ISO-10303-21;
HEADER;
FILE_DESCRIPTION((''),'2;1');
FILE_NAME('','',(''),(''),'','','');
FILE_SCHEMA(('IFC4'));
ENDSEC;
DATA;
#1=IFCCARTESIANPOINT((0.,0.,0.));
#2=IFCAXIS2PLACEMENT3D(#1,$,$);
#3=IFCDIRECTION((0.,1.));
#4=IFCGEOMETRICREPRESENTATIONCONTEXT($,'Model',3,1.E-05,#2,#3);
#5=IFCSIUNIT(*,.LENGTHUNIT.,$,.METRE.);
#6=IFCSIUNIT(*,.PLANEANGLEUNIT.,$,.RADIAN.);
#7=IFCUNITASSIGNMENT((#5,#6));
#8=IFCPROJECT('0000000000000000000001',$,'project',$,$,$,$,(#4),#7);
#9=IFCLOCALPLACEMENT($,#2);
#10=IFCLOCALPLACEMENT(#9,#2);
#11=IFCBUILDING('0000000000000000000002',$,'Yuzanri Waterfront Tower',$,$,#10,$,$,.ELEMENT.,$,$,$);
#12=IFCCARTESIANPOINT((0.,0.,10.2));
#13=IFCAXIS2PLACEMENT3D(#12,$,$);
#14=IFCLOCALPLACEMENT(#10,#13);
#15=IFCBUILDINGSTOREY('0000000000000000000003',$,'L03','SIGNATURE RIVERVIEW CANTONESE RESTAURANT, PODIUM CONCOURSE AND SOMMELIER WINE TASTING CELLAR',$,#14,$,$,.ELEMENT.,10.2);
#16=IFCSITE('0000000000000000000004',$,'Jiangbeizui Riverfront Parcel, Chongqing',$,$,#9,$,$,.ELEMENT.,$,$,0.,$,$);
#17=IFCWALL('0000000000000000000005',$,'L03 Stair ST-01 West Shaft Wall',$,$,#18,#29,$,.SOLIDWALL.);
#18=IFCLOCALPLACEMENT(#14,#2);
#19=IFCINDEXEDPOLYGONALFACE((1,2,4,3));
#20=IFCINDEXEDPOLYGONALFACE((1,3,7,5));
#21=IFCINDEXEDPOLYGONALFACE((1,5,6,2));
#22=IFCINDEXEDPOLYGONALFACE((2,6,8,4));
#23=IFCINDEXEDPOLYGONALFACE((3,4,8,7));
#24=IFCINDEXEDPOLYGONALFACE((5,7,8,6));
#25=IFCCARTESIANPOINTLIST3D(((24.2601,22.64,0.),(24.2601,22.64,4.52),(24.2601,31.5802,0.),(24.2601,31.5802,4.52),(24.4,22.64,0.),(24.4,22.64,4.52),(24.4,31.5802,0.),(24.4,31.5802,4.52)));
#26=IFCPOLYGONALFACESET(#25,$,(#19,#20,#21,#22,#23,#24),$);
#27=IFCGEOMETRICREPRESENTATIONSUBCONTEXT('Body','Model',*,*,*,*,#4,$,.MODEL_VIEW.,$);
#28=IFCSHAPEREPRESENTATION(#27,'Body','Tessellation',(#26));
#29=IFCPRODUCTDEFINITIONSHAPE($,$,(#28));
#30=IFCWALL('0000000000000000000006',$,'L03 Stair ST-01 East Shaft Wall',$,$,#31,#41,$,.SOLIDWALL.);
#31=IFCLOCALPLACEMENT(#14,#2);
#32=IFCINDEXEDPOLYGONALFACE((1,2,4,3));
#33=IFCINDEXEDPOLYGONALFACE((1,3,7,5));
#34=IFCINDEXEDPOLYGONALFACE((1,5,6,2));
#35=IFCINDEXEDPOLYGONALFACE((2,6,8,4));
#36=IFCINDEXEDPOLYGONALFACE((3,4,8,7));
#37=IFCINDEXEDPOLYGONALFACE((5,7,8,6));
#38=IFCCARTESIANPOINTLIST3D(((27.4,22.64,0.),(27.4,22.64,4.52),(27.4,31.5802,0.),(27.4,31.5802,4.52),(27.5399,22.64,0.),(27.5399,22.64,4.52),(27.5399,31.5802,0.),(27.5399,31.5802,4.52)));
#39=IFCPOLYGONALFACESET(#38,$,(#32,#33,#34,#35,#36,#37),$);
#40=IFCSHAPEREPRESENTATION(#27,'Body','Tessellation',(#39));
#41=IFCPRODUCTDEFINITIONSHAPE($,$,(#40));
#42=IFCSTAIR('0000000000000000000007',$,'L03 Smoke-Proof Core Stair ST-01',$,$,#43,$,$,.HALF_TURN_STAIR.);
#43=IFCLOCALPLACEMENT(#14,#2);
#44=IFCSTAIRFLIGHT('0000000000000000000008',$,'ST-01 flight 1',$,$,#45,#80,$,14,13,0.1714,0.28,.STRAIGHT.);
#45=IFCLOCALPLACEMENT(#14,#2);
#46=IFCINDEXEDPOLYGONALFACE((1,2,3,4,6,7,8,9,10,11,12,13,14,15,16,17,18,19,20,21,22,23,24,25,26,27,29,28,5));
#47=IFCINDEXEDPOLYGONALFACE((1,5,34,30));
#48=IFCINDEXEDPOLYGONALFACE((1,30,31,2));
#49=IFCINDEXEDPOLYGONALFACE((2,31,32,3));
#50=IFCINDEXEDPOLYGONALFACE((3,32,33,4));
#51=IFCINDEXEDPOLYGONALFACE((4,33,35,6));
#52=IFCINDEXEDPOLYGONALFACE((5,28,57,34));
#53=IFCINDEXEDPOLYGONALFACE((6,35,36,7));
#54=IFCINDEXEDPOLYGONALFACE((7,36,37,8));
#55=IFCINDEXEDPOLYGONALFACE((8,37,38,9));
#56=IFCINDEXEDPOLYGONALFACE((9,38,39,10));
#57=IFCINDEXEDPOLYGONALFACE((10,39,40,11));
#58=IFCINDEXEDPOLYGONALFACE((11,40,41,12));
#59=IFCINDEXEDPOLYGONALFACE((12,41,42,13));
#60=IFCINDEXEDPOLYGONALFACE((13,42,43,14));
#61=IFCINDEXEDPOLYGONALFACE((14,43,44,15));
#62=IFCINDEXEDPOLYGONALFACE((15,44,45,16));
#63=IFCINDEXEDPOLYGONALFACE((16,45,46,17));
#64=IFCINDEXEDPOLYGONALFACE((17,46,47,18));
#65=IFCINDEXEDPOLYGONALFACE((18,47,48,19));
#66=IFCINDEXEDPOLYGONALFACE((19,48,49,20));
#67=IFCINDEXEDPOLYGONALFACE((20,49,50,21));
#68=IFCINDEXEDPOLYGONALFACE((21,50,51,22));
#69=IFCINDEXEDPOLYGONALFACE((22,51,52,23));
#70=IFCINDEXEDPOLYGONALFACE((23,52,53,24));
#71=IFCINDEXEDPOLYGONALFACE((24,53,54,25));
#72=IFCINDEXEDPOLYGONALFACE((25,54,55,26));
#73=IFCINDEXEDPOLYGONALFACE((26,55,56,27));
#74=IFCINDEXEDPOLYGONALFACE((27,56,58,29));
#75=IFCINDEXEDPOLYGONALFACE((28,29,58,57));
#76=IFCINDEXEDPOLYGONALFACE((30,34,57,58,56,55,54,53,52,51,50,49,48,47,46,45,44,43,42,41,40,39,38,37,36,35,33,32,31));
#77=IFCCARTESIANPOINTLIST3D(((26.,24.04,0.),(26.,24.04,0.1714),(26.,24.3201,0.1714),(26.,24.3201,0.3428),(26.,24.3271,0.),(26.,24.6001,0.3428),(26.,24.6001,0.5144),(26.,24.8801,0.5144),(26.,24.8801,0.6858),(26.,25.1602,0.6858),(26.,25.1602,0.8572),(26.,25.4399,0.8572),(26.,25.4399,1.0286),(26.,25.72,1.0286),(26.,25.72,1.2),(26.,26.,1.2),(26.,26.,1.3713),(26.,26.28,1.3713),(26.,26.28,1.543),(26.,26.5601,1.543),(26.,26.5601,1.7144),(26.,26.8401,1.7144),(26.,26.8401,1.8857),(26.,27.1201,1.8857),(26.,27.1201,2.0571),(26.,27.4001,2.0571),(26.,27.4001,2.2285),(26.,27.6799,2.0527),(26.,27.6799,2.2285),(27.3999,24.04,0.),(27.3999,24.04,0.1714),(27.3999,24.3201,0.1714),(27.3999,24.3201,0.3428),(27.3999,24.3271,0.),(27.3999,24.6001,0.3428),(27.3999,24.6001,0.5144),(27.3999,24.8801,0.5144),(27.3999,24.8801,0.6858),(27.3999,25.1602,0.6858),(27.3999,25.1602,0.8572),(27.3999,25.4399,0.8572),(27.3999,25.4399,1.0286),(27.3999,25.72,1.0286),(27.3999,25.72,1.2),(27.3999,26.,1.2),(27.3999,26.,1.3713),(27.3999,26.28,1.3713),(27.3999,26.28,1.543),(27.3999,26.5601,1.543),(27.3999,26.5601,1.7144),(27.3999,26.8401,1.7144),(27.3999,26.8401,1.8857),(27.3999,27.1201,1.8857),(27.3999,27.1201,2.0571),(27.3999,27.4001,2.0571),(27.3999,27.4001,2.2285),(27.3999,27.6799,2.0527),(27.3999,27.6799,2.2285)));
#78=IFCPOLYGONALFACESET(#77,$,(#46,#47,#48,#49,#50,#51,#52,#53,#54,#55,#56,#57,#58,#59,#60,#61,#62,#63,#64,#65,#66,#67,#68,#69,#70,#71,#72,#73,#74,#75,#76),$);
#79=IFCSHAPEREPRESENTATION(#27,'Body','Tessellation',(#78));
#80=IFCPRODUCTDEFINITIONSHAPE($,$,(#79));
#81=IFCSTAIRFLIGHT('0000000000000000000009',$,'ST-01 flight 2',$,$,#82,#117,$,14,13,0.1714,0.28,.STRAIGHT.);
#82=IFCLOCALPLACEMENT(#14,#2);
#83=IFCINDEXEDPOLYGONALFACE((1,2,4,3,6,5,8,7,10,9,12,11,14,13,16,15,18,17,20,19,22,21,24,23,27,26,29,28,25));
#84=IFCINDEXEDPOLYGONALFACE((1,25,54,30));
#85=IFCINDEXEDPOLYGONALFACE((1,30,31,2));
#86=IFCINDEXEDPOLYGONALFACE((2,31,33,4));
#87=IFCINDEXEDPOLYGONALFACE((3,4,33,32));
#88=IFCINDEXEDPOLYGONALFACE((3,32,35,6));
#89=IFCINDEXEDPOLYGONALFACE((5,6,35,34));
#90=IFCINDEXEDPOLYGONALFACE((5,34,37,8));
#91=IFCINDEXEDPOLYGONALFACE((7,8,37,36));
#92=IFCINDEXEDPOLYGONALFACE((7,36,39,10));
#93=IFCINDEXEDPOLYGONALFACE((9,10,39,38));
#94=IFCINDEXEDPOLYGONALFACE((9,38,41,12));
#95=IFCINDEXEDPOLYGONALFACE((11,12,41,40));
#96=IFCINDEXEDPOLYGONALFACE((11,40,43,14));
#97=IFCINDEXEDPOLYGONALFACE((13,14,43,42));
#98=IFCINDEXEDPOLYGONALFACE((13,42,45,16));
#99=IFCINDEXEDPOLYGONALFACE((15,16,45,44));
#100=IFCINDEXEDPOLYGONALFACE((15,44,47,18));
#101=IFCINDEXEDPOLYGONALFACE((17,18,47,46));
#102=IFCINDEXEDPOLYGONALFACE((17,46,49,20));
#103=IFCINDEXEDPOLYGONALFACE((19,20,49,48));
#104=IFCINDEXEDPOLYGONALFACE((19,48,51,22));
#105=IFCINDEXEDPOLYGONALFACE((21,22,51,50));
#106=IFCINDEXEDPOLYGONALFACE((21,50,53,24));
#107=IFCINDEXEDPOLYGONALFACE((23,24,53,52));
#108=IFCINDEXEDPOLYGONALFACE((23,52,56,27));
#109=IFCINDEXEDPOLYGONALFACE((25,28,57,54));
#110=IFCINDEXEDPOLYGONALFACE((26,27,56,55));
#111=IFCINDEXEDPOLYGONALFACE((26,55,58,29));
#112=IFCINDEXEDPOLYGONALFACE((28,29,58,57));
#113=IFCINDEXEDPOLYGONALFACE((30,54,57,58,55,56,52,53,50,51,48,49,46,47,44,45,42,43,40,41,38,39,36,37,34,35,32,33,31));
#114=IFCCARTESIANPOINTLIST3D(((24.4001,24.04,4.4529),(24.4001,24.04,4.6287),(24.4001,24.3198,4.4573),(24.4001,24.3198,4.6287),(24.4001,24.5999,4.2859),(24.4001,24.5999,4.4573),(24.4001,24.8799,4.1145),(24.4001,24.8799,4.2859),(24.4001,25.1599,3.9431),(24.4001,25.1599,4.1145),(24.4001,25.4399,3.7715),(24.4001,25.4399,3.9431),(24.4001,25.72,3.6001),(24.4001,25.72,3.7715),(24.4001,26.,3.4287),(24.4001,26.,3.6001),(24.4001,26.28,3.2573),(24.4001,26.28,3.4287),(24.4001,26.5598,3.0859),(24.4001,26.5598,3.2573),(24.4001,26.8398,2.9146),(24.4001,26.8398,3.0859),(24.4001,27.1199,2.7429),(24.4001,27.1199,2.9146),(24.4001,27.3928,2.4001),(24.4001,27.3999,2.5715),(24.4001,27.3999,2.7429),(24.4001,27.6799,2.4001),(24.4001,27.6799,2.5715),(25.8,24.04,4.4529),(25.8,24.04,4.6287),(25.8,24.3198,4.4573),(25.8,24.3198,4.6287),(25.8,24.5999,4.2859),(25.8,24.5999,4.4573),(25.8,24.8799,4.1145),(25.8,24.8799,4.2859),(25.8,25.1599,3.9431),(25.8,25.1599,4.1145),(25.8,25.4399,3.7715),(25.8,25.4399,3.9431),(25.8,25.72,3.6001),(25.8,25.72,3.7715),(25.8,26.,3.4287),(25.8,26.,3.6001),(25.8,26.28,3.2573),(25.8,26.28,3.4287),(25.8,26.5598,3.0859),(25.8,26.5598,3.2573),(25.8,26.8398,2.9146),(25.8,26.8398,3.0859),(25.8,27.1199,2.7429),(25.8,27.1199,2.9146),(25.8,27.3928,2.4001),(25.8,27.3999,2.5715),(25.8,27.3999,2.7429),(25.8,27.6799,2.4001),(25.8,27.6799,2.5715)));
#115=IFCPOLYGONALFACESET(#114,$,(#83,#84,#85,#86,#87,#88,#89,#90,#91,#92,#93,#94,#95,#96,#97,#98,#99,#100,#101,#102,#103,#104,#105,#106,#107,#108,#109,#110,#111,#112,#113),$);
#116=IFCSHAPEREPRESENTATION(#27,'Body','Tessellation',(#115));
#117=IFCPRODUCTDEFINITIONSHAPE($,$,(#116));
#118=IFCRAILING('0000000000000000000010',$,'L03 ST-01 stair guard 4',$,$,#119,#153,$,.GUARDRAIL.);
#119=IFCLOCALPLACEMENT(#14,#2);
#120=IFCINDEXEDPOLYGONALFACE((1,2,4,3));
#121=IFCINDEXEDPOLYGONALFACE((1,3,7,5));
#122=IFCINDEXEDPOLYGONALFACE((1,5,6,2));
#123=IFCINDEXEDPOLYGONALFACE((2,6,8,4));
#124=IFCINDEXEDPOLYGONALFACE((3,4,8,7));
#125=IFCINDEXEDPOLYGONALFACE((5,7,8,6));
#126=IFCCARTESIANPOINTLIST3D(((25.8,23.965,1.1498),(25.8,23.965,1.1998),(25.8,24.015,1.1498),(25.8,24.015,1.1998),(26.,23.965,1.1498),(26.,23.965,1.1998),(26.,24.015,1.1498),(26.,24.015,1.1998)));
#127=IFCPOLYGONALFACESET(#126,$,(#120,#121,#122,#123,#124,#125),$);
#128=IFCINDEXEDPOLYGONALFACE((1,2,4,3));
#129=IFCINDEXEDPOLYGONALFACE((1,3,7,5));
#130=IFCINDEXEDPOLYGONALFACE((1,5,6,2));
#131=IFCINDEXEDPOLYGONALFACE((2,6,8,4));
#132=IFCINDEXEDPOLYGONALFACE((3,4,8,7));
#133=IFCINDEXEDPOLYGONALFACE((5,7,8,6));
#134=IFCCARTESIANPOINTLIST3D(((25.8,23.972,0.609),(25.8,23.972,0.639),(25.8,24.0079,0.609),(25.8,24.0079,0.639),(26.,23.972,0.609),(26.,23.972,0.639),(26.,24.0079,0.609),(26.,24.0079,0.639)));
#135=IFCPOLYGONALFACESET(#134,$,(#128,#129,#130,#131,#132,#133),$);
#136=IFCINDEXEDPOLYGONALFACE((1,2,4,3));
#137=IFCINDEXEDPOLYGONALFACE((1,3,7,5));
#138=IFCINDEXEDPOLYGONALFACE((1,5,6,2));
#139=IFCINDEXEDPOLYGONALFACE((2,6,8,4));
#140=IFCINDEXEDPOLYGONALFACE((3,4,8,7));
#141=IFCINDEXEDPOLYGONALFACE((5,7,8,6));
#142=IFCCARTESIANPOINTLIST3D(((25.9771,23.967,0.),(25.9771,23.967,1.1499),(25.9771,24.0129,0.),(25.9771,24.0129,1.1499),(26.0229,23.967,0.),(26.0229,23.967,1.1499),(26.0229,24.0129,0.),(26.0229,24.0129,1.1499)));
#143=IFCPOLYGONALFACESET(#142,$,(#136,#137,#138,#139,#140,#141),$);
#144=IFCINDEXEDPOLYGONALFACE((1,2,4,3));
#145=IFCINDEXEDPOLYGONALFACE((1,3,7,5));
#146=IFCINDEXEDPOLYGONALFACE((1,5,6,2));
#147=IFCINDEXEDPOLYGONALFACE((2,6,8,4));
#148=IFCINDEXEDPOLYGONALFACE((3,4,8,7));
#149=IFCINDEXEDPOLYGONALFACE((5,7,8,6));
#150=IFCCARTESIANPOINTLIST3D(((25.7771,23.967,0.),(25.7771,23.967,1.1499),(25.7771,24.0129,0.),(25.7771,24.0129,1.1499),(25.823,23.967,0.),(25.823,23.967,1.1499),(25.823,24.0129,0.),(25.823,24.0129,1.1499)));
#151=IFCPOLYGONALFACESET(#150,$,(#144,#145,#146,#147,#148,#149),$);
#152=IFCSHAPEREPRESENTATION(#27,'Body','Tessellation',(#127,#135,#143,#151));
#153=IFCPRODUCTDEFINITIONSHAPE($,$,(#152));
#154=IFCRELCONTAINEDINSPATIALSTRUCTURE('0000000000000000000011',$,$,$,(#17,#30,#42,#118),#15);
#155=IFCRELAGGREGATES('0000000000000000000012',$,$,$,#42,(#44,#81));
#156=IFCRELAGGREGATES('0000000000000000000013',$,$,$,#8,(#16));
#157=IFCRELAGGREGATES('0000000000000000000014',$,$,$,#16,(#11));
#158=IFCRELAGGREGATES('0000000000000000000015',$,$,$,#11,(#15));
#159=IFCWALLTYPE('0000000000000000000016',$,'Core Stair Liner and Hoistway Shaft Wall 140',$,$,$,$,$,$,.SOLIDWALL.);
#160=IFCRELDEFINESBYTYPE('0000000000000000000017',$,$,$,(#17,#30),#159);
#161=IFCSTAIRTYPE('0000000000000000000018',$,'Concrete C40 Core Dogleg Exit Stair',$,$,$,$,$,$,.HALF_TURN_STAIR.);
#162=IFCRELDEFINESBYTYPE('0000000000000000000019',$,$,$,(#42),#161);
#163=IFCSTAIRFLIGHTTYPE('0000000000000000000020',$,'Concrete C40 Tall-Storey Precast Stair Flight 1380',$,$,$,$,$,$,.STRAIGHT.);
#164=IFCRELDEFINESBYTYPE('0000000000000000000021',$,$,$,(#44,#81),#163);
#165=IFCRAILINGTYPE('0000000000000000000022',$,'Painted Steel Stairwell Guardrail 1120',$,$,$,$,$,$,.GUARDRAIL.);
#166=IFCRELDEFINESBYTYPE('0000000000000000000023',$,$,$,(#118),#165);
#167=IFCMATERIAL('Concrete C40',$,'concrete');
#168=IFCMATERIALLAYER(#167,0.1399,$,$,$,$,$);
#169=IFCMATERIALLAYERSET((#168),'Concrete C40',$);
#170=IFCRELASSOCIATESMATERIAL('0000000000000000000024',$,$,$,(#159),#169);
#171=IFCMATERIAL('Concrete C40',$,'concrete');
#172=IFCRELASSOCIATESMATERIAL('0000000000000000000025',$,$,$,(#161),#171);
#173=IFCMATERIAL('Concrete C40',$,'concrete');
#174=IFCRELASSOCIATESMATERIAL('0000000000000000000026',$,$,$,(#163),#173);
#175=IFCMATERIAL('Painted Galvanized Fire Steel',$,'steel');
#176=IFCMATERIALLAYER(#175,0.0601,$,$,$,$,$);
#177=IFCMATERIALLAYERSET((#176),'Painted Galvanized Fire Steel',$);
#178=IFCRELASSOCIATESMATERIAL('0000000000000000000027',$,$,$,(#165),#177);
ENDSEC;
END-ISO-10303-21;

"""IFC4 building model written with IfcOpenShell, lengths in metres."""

from ifc_helpers import new_model, si_unit, direction, frame, frame_2d, origin, origin_2d, place, context, subcontext, project, spatial, polyline, rectangle, outline, extrude, source, transform, mapped, material, layer, layer_set, type_object, element, aggregate, save


model = new_model("IFC4")

# Units and contexts
model_context = context("Model", 3, precision=1e-05, world=origin(), true_north=direction((0.0, 1.0)))
body_context = subcontext(model_context, "Body", "Model", "MODEL_VIEW")
ifc_project = project(units=[si_unit("LENGTHUNIT", "METRE"), si_unit("PLANEANGLEUNIT", "RADIAN")], contexts=[model_context])

# Site, building, storey
site_placement = place(None, origin())
site = spatial("IfcSite", under=ifc_project, at=site_placement, Name="Jiangbeizui Riverfront Parcel, Chongqing", CompositionType="ELEMENT", RefElevation=0.0)
building_placement = place(site_placement, origin())
building = spatial("IfcBuilding", under=site, at=building_placement, Name="Yuzanri Waterfront Tower", CompositionType="ELEMENT")
storey_placement = place(building_placement, frame((0.0, 0.0, 10.2)))
storey = spatial("IfcBuildingStorey", under=building, at=storey_placement, Name="L03", Description="SIGNATURE RIVERVIEW CANTONESE RESTAURANT, PODIUM CONCOURSE AND SOMMELIER WINE TASTING CELLAR", CompositionType="ELEMENT", Elevation=10.2)

# Shared definitions
ifc_material_1 = material(Name="Concrete C40", Category="concrete")
ifc_layer_1 = layer(ifc_material_1, 0.1399)
ifc_layer_set_1 = layer_set([ifc_layer_1], Name="Concrete C40")
wall_type = type_object("IfcWallType", Name="Core Stair Liner and Hoistway Shaft Wall 140", PredefinedType="SOLIDWALL", material=ifc_layer_set_1)

# Walls
shared_shape_1 = source(origin(), body_context, "Body", "SweptSolid", [
    extrude(rectangle(XDim=8.9402, YDim=0.1399, at=frame_2d((4.4702, 0.0))), origin(), (0.0, 0.0, 1.0), 4.52),
])
for number, where, z_axis, x_axis, name in (
    (1, (24.3301, 22.6399, 0.0), (0.0, 0.0, 1.0), (0.0, 1.0, 0.0), "L03 Stair ST-01 West Shaft Wall"),
    (2, (27.47, 22.6399, 0.0), (0.0, 0.0, 1.0), (0.0, 1.0, 0.0), "L03 Stair ST-01 East Shaft Wall"),
):
    element("IfcWall", number, at=place(storey_placement, frame(where, z_axis=z_axis, x_axis=x_axis)), inside=storey, type_object=wall_type, Name=name, PredefinedType="SOLIDWALL", context=body_context, shape_type="MappedRepresentation", body=[
        mapped(shared_shape_1, transform((0.0, 0.0, 0.0), scale=1.0)),
    ])

# Stair, stair flights
ifc_material_2 = material(Name="Concrete C40", Category="concrete")
stair_type = type_object("IfcStairType", Name="Concrete C40 Core Dogleg Exit Stair", PredefinedType="HALF_TURN_STAIR", material=ifc_material_2)
stair_placement = place(storey_placement, origin())
stair = element("IfcStair", 3, at=stair_placement, inside=storey, type_object=stair_type, Name="L03 Smoke-Proof Core Stair ST-01", PredefinedType="HALF_TURN_STAIR")
ifc_material_3 = material(Name="Concrete C40", Category="concrete")
stair_flight_type = type_object("IfcStairFlightType", Name="Concrete C40 Tall-Storey Precast Stair Flight 1380", PredefinedType="STRAIGHT", material=ifc_material_3)
shared_shape_2 = source(origin(), body_context, "Body", "SweptSolid", [
    extrude(outline(polyline([(0.0, 0.0), (0.0, 0.1714), (0.28, 0.1714), (0.28, 0.3428), (0.5601, 0.3428), (0.5601, 0.5144), (0.8401, 0.5144), (0.8401, 0.6858), (1.1201, 0.6858), (1.1201, 0.8572), (1.3999, 0.8572), (1.3999, 1.0286), (1.6799, 1.0286), (1.6799, 1.2), (1.96, 1.2), (1.96, 1.3713), (2.24, 1.3713), (2.24, 1.543), (2.52, 1.543), (2.52, 1.7144), (2.8, 1.7144), (2.8, 1.8857), (3.0801, 1.8857), (3.0801, 2.0571), (3.3601, 2.0571), (3.3601, 2.2285), (3.6399, 2.2285), (3.6399, 2.3999), (3.6399, 2.0527), (0.2871, 0.0), (0.0, 0.0)])), frame((0.0, 0.7, 0.0), z_axis=(0.0, -1.0, 0.0), x_axis=(1.0, 0.0, 0.0)), (0.0, 0.0, 1.0), 1.3999),
])
stair_flight_1_placement = place(storey_placement, frame((26.7, 24.04, 0.0), z_axis=(0.0, 0.0, 1.0), x_axis=(0.0, 1.0, 0.0)))
stair_flight_1 = element("IfcStairFlight", 4, at=stair_flight_1_placement, type_object=stair_flight_type, Name="ST-01 flight 1", NumberOfRisers=14, NumberOfTreads=13, PredefinedType="STRAIGHT", RiserHeight=0.1714, TreadLength=0.28, context=body_context, shape_type="MappedRepresentation", body=[
    mapped(shared_shape_2, transform((0.0, 0.0, 0.0), scale=1.0)),
])
stair_flight_2_placement = place(storey_placement, frame((25.1001, 27.6799, 2.4001), z_axis=(0.0, 0.0, 1.0), x_axis=(0.0, -1.0, 0.0)))
stair_flight_2 = element("IfcStairFlight", 5, at=stair_flight_2_placement, type_object=stair_flight_type, Name="ST-01 flight 2", NumberOfRisers=14, NumberOfTreads=13, PredefinedType="STRAIGHT", RiserHeight=0.1714, TreadLength=0.28, context=body_context, shape_type="MappedRepresentation", body=[
    mapped(shared_shape_2, transform((0.0, 0.0, 0.0), scale=1.0)),
])
aggregate(stair, [stair_flight_1, stair_flight_2])

# Railing
ifc_material_4 = material(Name="Painted Galvanized Fire Steel", Category="steel")
ifc_layer_2 = layer(ifc_material_4, 0.0601)
ifc_layer_set_2 = layer_set([ifc_layer_2], Name="Painted Galvanized Fire Steel")
railing_type_1 = type_object("IfcRailingType", Name="Painted Steel Stairwell Guardrail 1120", PredefinedType="GUARDRAIL", material=ifc_layer_set_2)
shared_shape_3 = source(origin(), body_context, "Body", "SweptSolid", [
    extrude(rectangle(XDim=0.05, YDim=0.05, at=origin_2d()), frame((0.0, 0.0, 1.1748), z_axis=(-1.0, 0.0, 0.0), x_axis=(0.0, -1.0, 0.0)), (0.0, 0.0, 1.0), 0.2),
    extrude(rectangle(XDim=0.0359, YDim=0.03, at=origin_2d()), frame((0.0, 0.0, 0.624), z_axis=(-1.0, 0.0, 0.0), x_axis=(0.0, -1.0, 0.0)), (0.0, 0.0, 1.0), 0.2),
    extrude(rectangle(XDim=0.0459, YDim=0.0459, at=origin_2d()), origin(), (0.0, 0.0, 1.0), 1.1499),
    extrude(rectangle(XDim=0.0459, YDim=0.0459, at=origin_2d()), frame((-0.2, 0.0, 0.0)), (0.0, 0.0, 1.0), 1.1499),
])
railing_1_placement = place(storey_placement, frame((26.0, 23.99, 0.0)))
element("IfcRailing", 6, at=railing_1_placement, inside=storey, type_object=railing_type_1, Name="L03 ST-01 stair guard 4", PredefinedType="GUARDRAIL", context=body_context, shape_type="MappedRepresentation", body=[
    mapped(shared_shape_3, transform((0.0, 0.0, 0.0), scale=1.0)),
])

save(model, "model.ifc")
